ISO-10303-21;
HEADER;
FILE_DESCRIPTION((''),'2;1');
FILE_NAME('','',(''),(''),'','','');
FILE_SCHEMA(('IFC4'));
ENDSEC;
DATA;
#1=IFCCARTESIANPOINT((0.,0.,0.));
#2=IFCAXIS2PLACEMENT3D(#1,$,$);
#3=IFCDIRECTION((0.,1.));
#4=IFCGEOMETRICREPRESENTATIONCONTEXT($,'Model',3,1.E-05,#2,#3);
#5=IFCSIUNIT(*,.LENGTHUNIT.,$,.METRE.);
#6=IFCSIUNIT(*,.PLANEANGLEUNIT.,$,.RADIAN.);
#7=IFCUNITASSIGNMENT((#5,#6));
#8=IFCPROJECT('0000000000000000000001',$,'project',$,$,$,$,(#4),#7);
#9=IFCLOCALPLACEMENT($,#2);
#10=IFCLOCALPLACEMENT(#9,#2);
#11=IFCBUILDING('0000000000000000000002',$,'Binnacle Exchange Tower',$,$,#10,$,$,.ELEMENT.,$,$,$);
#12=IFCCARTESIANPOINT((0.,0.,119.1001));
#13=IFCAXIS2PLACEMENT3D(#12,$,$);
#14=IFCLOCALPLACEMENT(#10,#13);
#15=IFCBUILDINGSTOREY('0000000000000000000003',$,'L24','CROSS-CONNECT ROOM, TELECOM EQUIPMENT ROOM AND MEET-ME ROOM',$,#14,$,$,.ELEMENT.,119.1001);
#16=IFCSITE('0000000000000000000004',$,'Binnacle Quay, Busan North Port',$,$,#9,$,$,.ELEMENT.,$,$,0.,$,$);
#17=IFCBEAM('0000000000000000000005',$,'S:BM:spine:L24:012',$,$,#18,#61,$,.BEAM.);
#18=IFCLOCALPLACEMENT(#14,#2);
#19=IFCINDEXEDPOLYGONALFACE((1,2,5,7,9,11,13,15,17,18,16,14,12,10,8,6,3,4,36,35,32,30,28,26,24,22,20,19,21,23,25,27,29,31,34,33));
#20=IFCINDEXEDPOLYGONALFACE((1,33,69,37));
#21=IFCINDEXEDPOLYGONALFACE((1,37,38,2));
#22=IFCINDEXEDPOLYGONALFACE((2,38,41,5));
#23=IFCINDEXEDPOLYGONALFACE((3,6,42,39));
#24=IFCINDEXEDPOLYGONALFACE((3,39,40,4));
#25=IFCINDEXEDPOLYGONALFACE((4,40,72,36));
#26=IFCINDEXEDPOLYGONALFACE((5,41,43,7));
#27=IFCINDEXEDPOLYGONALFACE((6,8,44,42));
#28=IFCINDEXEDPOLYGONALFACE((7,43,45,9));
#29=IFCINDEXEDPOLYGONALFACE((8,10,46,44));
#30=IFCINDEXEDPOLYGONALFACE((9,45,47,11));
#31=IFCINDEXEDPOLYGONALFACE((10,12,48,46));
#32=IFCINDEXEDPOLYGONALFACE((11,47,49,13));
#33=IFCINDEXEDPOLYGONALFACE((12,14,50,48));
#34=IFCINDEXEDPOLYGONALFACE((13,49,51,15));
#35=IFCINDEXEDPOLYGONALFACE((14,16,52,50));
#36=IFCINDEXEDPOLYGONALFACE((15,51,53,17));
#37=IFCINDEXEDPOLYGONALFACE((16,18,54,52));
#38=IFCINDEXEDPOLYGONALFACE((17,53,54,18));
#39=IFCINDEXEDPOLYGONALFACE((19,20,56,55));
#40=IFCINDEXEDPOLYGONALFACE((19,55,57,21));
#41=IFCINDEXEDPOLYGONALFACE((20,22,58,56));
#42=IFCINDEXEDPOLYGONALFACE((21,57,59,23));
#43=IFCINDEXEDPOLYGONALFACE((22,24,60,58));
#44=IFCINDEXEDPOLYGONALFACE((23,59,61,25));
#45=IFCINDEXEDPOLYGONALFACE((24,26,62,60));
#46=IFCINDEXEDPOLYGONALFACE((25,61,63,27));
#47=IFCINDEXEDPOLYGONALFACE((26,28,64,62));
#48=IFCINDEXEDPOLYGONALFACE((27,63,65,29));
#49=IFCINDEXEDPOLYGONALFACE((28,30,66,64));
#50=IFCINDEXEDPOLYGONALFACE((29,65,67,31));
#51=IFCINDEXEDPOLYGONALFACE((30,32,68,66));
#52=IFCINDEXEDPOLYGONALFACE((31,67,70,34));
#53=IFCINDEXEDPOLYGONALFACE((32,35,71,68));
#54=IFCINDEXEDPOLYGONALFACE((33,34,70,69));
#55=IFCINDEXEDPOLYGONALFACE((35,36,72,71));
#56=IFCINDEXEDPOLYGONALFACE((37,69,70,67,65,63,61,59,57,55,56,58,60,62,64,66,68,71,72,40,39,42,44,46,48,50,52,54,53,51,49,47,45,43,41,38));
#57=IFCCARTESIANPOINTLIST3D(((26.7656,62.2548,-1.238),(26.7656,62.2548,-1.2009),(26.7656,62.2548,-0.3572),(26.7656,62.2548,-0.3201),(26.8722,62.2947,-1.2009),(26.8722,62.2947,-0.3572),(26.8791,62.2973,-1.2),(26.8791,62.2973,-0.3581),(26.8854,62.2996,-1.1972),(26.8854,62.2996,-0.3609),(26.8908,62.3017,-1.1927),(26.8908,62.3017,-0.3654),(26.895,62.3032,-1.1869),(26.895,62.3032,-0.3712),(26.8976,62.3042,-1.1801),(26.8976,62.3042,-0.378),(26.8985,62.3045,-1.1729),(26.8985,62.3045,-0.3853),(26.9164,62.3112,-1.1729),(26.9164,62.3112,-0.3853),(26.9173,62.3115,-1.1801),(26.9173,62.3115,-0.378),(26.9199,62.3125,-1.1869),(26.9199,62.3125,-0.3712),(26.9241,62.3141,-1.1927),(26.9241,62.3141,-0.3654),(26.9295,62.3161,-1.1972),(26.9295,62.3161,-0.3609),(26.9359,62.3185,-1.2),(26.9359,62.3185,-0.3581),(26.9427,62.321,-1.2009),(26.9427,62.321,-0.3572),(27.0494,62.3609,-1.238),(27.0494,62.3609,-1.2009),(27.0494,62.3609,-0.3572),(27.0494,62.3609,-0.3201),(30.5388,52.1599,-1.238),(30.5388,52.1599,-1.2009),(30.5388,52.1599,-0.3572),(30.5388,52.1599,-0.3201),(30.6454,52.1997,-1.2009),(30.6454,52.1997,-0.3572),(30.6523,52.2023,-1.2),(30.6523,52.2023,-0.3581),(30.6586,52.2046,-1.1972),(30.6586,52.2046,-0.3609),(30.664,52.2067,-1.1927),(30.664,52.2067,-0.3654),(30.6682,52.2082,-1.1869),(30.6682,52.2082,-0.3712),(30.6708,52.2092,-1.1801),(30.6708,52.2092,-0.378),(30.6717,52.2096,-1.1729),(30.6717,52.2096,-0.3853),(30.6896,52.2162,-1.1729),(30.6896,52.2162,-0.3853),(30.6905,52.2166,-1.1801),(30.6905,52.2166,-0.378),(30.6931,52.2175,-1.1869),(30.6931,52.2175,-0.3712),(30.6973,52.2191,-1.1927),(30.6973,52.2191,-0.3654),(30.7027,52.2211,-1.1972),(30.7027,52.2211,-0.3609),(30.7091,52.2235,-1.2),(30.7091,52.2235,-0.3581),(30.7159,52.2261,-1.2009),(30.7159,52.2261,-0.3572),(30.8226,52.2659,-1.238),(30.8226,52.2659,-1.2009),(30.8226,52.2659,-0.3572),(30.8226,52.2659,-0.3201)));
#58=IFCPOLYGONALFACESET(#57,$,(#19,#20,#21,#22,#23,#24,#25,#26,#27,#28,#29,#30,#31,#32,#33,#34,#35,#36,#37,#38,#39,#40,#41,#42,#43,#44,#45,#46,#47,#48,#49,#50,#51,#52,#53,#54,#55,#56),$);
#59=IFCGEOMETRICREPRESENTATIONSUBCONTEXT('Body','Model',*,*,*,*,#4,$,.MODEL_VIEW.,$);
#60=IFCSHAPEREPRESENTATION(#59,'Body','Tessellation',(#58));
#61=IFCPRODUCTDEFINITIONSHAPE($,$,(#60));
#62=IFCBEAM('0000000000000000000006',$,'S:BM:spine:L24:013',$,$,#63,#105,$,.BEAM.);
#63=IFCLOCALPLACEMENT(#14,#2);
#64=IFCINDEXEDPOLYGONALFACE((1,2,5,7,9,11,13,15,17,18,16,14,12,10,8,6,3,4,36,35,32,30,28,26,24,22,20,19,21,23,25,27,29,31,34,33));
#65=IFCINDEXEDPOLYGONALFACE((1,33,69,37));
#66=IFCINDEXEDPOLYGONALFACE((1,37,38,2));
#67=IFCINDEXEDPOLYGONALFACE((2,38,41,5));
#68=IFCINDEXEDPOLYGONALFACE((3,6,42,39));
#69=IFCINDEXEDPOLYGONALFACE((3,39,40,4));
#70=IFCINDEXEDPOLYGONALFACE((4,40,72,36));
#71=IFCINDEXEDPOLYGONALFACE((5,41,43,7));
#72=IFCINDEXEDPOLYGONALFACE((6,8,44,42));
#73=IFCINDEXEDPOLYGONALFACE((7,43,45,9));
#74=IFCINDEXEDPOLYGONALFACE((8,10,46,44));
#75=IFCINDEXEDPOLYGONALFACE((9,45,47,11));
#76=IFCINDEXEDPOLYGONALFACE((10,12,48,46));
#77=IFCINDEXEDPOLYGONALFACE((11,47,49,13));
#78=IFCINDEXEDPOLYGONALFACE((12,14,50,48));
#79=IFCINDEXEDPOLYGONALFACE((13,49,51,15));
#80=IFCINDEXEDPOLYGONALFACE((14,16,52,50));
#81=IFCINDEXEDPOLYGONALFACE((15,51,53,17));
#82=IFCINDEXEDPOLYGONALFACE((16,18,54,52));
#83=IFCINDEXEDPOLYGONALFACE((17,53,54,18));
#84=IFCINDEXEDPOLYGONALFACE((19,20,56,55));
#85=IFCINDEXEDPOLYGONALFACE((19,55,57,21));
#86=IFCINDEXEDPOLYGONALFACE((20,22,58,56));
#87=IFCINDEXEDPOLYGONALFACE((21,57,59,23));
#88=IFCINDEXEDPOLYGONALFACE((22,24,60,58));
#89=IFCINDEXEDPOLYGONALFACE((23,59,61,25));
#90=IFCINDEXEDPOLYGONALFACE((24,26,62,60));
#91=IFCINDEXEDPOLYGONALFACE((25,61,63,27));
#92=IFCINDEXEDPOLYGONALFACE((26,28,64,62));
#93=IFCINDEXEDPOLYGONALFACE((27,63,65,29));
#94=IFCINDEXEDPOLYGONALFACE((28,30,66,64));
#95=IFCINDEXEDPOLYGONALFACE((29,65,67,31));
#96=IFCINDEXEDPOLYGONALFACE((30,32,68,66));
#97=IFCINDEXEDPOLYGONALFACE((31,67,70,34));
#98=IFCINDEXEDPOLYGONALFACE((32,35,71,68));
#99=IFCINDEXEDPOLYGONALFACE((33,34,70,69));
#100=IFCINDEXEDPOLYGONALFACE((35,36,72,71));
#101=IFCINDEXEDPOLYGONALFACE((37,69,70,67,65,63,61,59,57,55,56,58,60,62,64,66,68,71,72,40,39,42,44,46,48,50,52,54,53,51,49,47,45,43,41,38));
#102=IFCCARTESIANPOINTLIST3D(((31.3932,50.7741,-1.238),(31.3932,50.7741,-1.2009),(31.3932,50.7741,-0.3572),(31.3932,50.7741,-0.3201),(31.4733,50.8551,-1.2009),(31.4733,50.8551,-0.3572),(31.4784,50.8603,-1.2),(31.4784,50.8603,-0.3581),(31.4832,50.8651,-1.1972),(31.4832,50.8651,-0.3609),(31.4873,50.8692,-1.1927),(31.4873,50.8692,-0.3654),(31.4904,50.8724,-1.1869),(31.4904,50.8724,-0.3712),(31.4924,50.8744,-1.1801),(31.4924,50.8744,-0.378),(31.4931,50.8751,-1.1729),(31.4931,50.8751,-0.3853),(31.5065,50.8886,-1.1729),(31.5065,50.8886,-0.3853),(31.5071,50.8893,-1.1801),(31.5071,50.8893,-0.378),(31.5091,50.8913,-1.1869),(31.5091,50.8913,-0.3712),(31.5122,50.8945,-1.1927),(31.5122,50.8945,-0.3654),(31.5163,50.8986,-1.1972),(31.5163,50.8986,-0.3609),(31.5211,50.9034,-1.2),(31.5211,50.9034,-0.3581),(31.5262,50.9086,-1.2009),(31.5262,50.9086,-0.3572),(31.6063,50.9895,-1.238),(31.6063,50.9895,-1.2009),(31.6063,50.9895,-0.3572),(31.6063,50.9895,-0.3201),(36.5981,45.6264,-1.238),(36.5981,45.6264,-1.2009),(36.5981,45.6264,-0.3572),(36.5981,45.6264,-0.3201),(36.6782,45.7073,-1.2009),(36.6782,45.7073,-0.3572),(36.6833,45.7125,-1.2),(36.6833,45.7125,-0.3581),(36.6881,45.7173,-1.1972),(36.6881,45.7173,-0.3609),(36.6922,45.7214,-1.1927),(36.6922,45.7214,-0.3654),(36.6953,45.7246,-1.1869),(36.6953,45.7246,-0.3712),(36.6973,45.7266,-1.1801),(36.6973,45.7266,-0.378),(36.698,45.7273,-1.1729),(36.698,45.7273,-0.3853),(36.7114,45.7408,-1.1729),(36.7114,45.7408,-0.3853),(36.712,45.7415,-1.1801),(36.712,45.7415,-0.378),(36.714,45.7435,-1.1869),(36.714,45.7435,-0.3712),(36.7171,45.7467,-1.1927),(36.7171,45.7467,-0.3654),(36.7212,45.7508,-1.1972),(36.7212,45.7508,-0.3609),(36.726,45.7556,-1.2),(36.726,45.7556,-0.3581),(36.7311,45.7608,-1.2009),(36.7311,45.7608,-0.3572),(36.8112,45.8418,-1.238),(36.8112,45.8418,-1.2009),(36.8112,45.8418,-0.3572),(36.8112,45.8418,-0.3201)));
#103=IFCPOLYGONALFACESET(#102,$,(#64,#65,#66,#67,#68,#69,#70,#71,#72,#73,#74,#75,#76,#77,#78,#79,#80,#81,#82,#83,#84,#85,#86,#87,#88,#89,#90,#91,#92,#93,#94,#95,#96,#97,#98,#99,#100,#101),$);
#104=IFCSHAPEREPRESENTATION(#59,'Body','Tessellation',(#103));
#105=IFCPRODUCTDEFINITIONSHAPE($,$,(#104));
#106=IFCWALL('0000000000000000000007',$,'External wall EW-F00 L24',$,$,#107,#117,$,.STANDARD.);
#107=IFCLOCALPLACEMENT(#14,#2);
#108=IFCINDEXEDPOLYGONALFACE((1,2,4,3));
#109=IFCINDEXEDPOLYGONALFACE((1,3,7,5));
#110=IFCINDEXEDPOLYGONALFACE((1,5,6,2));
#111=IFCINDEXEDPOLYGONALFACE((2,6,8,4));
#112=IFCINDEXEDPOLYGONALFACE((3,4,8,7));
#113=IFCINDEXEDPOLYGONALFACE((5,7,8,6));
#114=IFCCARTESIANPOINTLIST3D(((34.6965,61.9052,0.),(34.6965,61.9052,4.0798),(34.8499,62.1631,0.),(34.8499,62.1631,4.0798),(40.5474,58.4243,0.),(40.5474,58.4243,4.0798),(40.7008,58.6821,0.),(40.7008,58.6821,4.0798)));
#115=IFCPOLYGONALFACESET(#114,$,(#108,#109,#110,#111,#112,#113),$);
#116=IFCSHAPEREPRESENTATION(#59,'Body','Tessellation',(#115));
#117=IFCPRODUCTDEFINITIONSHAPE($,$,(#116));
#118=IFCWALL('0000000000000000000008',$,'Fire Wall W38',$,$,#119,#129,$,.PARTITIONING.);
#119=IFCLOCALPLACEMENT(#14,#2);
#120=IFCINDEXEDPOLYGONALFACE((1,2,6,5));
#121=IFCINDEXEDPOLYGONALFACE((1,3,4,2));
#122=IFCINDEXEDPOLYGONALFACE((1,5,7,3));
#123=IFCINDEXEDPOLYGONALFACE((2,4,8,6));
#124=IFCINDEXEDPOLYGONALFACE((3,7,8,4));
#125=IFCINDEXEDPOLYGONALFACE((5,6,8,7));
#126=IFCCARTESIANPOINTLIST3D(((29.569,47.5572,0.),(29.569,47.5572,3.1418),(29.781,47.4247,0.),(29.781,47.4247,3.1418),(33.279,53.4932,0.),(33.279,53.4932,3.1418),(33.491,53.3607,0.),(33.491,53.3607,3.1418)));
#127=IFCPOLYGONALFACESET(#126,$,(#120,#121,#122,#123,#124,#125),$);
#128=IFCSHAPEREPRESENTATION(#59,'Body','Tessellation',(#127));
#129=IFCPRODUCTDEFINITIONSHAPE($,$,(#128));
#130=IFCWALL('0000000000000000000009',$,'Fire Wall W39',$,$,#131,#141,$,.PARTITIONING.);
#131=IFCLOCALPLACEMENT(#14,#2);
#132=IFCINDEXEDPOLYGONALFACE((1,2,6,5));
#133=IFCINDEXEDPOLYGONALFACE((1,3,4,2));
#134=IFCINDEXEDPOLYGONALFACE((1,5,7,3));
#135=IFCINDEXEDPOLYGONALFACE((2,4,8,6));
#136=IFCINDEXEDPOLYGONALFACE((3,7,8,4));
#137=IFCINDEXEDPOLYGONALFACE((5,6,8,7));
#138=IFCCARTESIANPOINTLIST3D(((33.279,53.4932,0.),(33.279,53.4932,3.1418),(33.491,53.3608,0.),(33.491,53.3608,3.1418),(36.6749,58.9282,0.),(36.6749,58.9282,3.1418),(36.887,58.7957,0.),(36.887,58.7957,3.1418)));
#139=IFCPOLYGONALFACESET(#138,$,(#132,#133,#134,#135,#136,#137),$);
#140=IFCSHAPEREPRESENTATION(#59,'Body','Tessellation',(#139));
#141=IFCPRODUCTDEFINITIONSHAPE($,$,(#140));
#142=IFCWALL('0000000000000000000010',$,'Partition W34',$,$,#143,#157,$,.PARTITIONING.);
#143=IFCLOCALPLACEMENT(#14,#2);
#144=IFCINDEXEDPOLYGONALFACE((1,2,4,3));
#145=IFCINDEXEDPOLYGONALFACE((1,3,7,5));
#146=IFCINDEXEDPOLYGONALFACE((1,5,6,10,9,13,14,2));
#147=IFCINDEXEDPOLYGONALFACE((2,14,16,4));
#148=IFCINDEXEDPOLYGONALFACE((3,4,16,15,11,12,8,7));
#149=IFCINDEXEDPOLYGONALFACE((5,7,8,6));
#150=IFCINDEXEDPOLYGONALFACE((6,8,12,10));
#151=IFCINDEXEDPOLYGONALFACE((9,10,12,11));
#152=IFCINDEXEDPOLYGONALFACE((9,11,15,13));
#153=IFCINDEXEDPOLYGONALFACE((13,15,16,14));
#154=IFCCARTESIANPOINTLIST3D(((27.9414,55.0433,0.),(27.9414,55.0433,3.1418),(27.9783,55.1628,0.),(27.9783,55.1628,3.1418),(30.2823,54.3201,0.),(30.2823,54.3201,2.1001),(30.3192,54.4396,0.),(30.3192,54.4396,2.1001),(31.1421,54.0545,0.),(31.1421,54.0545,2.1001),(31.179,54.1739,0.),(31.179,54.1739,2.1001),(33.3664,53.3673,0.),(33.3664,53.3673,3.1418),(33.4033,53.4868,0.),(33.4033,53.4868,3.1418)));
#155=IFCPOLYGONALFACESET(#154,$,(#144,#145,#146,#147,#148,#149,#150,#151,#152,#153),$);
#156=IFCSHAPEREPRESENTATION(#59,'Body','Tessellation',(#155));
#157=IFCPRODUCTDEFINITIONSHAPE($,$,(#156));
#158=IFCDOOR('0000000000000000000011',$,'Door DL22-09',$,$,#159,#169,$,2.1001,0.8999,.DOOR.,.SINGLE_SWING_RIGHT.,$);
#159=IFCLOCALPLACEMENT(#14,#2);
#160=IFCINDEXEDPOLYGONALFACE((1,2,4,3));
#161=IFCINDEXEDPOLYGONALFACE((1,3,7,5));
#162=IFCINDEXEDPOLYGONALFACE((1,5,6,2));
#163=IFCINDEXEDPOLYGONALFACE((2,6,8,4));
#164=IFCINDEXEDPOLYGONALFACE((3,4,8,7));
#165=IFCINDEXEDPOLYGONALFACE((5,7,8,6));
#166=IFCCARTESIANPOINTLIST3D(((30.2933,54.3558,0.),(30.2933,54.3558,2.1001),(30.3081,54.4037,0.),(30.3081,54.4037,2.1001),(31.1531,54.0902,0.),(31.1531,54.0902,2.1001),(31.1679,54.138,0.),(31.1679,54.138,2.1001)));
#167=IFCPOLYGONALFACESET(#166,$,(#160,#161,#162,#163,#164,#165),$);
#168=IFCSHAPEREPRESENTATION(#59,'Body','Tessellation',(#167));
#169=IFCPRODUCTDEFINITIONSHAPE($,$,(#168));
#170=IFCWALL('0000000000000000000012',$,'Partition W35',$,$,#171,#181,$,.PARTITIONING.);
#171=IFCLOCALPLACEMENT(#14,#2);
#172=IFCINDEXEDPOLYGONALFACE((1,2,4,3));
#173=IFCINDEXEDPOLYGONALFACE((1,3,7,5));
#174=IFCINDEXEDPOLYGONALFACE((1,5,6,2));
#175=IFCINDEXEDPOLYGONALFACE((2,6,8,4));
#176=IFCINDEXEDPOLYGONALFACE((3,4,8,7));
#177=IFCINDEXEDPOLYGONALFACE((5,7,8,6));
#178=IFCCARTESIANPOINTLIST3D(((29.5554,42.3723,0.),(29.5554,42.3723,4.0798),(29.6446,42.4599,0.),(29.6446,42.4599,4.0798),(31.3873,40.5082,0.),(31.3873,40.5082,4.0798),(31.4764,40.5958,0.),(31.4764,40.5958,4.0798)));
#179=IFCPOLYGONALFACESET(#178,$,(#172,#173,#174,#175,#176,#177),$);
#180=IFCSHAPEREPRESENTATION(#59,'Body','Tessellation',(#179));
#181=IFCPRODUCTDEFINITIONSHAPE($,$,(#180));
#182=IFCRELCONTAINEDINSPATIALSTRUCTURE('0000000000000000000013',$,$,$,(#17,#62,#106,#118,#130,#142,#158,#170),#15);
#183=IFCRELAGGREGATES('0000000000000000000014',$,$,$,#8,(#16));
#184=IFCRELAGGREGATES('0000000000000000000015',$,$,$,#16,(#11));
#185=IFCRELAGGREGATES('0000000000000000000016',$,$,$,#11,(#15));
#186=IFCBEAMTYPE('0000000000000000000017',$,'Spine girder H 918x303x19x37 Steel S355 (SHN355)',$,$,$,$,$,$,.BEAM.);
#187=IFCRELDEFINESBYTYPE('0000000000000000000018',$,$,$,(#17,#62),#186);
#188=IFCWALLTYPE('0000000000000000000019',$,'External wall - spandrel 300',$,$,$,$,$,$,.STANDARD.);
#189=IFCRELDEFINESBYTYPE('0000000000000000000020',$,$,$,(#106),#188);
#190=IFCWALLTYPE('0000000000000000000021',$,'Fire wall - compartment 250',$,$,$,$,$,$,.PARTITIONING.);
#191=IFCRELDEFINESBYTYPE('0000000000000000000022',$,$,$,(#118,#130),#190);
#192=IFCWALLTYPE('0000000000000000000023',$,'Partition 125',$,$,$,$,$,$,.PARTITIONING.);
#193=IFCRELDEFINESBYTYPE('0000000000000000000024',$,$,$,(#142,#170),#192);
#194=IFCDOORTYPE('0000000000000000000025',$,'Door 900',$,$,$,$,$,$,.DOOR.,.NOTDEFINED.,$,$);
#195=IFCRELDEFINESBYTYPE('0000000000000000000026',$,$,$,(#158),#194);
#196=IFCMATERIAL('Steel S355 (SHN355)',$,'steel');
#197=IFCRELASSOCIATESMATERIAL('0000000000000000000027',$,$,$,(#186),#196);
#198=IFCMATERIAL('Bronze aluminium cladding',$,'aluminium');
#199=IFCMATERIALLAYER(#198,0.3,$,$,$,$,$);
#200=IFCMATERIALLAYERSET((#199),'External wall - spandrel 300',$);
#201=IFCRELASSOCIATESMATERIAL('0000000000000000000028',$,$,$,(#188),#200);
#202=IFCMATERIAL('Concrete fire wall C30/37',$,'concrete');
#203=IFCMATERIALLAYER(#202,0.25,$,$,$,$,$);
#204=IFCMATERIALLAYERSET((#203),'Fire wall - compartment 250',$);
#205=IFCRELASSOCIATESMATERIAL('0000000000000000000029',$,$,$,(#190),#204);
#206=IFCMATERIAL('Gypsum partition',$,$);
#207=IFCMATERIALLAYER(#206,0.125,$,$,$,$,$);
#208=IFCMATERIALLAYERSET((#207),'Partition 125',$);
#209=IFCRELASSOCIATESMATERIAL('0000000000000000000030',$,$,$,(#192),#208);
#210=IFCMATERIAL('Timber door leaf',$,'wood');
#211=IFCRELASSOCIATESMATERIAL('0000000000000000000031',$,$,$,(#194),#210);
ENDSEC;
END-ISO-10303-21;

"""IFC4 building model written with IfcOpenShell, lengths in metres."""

from ifc_helpers import new_model, si_unit, direction, frame, frame_2d, origin, origin_2d, place, context, subcontext, project, spatial, rectangle, i_section, extrude, material, layer, layer_set, material_profile, profile_set, type_object, element, fill, save


model = new_model("IFC4")

# Units and contexts
model_context = context("Model", 3, precision=1e-05, world=origin(), true_north=direction((0.0, 1.0)))
body_context = subcontext(model_context, "Body", "Model", "MODEL_VIEW")
ifc_project = project(units=[si_unit("LENGTHUNIT", "METRE"), si_unit("PLANEANGLEUNIT", "RADIAN")], contexts=[model_context])

# Site, building, storey
site_placement = place(None, origin())
site = spatial("IfcSite", under=ifc_project, at=site_placement, Name="Binnacle Quay, Busan North Port", CompositionType="ELEMENT", RefElevation=0.0)
building_placement = place(site_placement, origin())
building = spatial("IfcBuilding", under=site, at=building_placement, Name="Binnacle Exchange Tower", CompositionType="ELEMENT")
storey_placement = place(building_placement, frame((0.0, 0.0, 119.1001)))
storey = spatial("IfcBuildingStorey", under=building, at=storey_placement, Name="L24", Description="CROSS-CONNECT ROOM, TELECOM EQUIPMENT ROOM AND MEET-ME ROOM", CompositionType="ELEMENT", Elevation=119.1001)

# Beams
ifc_material_1 = material(Name="Steel S355 (SHN355)", Category="steel")
ifc_material_profile_1 = material_profile(ifc_material_1, i_section(OverallWidth=0.303, OverallDepth=0.918, WebThickness=0.019, FlangeThickness=0.0371, FilletRadius=0.0281, at=origin_2d()), Name="H 918x303x19x37")
ifc_profile_set_1 = profile_set([ifc_material_profile_1], Name="Steel S355 (SHN355)")
beam_type_1 = type_object("IfcBeamType", Name="Spine girder H 918x303x19x37 Steel S355 (SHN355)", PredefinedType="BEAM", material=ifc_profile_set_1)
beam_1_placement = place(storey_placement, frame((30.6807, 52.2129, -0.7791), z_axis=(-0.350113, 0.936708, 0.0), x_axis=(-0.936708, -0.350113, 0.0)))
element("IfcBeam", 1, at=beam_1_placement, inside=storey, type_object=beam_type_1, Name="S:BM:spine:L24:012", PredefinedType="BEAM", context=body_context, shape_type="SweptSolid", body=[
    extrude(i_section(OverallWidth=0.303, OverallDepth=0.918, WebThickness=0.019, FlangeThickness=0.0371, FilletRadius=0.0281, at=origin_2d()), origin(), (0.0, 0.0, 1.0), 10.7771),
])
beam_2_placement = place(storey_placement, frame((31.4998, 50.8818, -0.7791), z_axis=(0.710998, -0.703194, 0.0), x_axis=(0.703194, 0.710998, 0.0)))
element("IfcBeam", 2, at=beam_2_placement, inside=storey, type_object=beam_type_1, Name="S:BM:spine:L24:013", PredefinedType="BEAM", context=body_context, shape_type="SweptSolid", body=[
    extrude(i_section(OverallWidth=0.303, OverallDepth=0.918, WebThickness=0.019, FlangeThickness=0.0371, FilletRadius=0.0281, at=origin_2d()), origin(), (0.0, 0.0, 1.0), 7.3206),
])

# Walls
ifc_material_2 = material(Name="Bronze aluminium cladding", Category="aluminium")
ifc_layer_1 = layer(ifc_material_2, 0.3)
ifc_layer_set_1 = layer_set([ifc_layer_1], Name="External wall - spandrel 300")
wall_type_1 = type_object("IfcWallType", Name="External wall - spandrel 300", PredefinedType="STANDARD", material=ifc_layer_set_1)
wall_1_placement = place(storey_placement, frame((34.7732, 62.0342, 0.0), z_axis=(0.0, 0.0, 1.0), x_axis=(0.859401, -0.511302, 0.0)))
element("IfcWall", 3, at=wall_1_placement, inside=storey, type_object=wall_type_1, Name="External wall EW-F00 L24", PredefinedType="STANDARD", context=body_context, shape_type="SweptSolid", body=[
    extrude(rectangle(XDim=6.8081, YDim=0.3, at=frame_2d((3.4041, 0.0))), origin(), (0.0, 0.0, 1.0), 4.0798),
])
ifc_material_3 = material(Name="Concrete fire wall C30/37", Category="concrete")
ifc_layer_2 = layer(ifc_material_3, 0.25)
ifc_layer_set_2 = layer_set([ifc_layer_2], Name="Fire wall - compartment 250")
wall_type_2 = type_object("IfcWallType", Name="Fire wall - compartment 250", PredefinedType="PARTITIONING", material=ifc_layer_set_2)
wall_2_placement = place(storey_placement, frame((29.675, 47.491, 0.0), z_axis=(0.0, 0.0, 1.0), x_axis=(0.529993, 0.848002, 0.0)))
element("IfcWall", 4, at=wall_2_placement, inside=storey, type_object=wall_type_2, Name="Fire Wall W38", PredefinedType="PARTITIONING", context=body_context, shape_type="SweptSolid", body=[
    extrude(rectangle(XDim=7.0, YDim=0.25, at=frame_2d((3.5, 0.0))), origin(), (0.0, 0.0, 1.0), 3.1418),
])
wall_3_placement = place(storey_placement, frame((33.385, 53.427, 0.0), z_axis=(0.0, 0.0, 1.0), x_axis=(0.529896, 0.848063, 0.0)))
element("IfcWall", 5, at=wall_3_placement, inside=storey, type_object=wall_type_2, Name="Fire Wall W39", PredefinedType="PARTITIONING", context=body_context, shape_type="SweptSolid", body=[
    extrude(rectangle(XDim=6.4087, YDim=0.25, at=frame_2d((3.2043, 0.0))), origin(), (0.0, 0.0, 1.0), 3.1418),
])

# Wall, opening, door
ifc_material_4 = material(Name="Gypsum partition")
ifc_layer_3 = layer(ifc_material_4, 0.125)
ifc_layer_set_3 = layer_set([ifc_layer_3], Name="Partition 125")
wall_type_3 = type_object("IfcWallType", Name="Partition 125", PredefinedType="PARTITIONING", material=ifc_layer_set_3)
wall_4_placement = place(storey_placement, frame((27.96, 55.103, 0.0), z_axis=(0.0, 0.0, 1.0), x_axis=(0.955443, -0.295176, 0.0)))
wall_4 = element("IfcWall", 6, at=wall_4_placement, inside=storey, type_object=wall_type_3, Name="Partition W34", PredefinedType="PARTITIONING", context=body_context, shape_type="SweptSolid", body=[
    extrude(rectangle(XDim=5.678, YDim=0.125, at=frame_2d((2.8389, 0.0))), origin(), (0.0, 0.0, 1.0), 3.1418),
])
opening_1_placement = place(wall_4_placement, frame((2.45, 0.0, 0.0)))
opening_1 = element("IfcOpeningElement", 7, at=opening_1_placement, cuts=wall_4, PredefinedType="OPENING", context=body_context, shape_type="SweptSolid", body=[
    extrude(rectangle(XDim=0.8999, YDim=2.1001, at=frame_2d((0.45, 1.05))), frame((0.0, 0.0725, 0.0), z_axis=(0.0, -1.0, 0.0), x_axis=(1.0, 0.0, 0.0)), (0.0, 0.0, 1.0), 0.145),
])
ifc_material_5 = material(Name="Timber door leaf", Category="wood")
door_type = type_object("IfcDoorType", Name="Door 900", OperationType="NOTDEFINED", PredefinedType="DOOR", material=ifc_material_5)
door_1_placement = place(opening_1_placement, origin())
door_1 = element("IfcDoor", 8, at=door_1_placement, inside=storey, type_object=door_type, Name="Door DL22-09", OperationType="SINGLE_SWING_RIGHT", OverallHeight=2.1001, OverallWidth=0.8999, PredefinedType="DOOR", context=body_context, shape_type="SweptSolid", body=[
    extrude(rectangle(XDim=0.8999, YDim=2.1001, at=frame_2d((0.45, 1.05))), frame((0.0, 0.0249, 0.0), z_axis=(0.0, -1.0, 0.0), x_axis=(1.0, 0.0, 0.0)), (0.0, 0.0, 1.0), 0.05),
])
fill(opening_1, door_1)

# Wall
wall_5_placement = place(storey_placement, frame((29.6001, 42.416, 0.0), z_axis=(0.0, 0.0, 1.0), x_axis=(0.700914, -0.713245, 0.0)))
element("IfcWall", 9, at=wall_5_placement, inside=storey, type_object=wall_type_3, Name="Partition W35", PredefinedType="PARTITIONING", context=body_context, shape_type="SweptSolid", body=[
    extrude(rectangle(XDim=2.6135, YDim=0.125, at=frame_2d((1.3066, 0.0))), origin(), (0.0, 0.0, 1.0), 4.0798),
])

save(model, "model.ifc")
